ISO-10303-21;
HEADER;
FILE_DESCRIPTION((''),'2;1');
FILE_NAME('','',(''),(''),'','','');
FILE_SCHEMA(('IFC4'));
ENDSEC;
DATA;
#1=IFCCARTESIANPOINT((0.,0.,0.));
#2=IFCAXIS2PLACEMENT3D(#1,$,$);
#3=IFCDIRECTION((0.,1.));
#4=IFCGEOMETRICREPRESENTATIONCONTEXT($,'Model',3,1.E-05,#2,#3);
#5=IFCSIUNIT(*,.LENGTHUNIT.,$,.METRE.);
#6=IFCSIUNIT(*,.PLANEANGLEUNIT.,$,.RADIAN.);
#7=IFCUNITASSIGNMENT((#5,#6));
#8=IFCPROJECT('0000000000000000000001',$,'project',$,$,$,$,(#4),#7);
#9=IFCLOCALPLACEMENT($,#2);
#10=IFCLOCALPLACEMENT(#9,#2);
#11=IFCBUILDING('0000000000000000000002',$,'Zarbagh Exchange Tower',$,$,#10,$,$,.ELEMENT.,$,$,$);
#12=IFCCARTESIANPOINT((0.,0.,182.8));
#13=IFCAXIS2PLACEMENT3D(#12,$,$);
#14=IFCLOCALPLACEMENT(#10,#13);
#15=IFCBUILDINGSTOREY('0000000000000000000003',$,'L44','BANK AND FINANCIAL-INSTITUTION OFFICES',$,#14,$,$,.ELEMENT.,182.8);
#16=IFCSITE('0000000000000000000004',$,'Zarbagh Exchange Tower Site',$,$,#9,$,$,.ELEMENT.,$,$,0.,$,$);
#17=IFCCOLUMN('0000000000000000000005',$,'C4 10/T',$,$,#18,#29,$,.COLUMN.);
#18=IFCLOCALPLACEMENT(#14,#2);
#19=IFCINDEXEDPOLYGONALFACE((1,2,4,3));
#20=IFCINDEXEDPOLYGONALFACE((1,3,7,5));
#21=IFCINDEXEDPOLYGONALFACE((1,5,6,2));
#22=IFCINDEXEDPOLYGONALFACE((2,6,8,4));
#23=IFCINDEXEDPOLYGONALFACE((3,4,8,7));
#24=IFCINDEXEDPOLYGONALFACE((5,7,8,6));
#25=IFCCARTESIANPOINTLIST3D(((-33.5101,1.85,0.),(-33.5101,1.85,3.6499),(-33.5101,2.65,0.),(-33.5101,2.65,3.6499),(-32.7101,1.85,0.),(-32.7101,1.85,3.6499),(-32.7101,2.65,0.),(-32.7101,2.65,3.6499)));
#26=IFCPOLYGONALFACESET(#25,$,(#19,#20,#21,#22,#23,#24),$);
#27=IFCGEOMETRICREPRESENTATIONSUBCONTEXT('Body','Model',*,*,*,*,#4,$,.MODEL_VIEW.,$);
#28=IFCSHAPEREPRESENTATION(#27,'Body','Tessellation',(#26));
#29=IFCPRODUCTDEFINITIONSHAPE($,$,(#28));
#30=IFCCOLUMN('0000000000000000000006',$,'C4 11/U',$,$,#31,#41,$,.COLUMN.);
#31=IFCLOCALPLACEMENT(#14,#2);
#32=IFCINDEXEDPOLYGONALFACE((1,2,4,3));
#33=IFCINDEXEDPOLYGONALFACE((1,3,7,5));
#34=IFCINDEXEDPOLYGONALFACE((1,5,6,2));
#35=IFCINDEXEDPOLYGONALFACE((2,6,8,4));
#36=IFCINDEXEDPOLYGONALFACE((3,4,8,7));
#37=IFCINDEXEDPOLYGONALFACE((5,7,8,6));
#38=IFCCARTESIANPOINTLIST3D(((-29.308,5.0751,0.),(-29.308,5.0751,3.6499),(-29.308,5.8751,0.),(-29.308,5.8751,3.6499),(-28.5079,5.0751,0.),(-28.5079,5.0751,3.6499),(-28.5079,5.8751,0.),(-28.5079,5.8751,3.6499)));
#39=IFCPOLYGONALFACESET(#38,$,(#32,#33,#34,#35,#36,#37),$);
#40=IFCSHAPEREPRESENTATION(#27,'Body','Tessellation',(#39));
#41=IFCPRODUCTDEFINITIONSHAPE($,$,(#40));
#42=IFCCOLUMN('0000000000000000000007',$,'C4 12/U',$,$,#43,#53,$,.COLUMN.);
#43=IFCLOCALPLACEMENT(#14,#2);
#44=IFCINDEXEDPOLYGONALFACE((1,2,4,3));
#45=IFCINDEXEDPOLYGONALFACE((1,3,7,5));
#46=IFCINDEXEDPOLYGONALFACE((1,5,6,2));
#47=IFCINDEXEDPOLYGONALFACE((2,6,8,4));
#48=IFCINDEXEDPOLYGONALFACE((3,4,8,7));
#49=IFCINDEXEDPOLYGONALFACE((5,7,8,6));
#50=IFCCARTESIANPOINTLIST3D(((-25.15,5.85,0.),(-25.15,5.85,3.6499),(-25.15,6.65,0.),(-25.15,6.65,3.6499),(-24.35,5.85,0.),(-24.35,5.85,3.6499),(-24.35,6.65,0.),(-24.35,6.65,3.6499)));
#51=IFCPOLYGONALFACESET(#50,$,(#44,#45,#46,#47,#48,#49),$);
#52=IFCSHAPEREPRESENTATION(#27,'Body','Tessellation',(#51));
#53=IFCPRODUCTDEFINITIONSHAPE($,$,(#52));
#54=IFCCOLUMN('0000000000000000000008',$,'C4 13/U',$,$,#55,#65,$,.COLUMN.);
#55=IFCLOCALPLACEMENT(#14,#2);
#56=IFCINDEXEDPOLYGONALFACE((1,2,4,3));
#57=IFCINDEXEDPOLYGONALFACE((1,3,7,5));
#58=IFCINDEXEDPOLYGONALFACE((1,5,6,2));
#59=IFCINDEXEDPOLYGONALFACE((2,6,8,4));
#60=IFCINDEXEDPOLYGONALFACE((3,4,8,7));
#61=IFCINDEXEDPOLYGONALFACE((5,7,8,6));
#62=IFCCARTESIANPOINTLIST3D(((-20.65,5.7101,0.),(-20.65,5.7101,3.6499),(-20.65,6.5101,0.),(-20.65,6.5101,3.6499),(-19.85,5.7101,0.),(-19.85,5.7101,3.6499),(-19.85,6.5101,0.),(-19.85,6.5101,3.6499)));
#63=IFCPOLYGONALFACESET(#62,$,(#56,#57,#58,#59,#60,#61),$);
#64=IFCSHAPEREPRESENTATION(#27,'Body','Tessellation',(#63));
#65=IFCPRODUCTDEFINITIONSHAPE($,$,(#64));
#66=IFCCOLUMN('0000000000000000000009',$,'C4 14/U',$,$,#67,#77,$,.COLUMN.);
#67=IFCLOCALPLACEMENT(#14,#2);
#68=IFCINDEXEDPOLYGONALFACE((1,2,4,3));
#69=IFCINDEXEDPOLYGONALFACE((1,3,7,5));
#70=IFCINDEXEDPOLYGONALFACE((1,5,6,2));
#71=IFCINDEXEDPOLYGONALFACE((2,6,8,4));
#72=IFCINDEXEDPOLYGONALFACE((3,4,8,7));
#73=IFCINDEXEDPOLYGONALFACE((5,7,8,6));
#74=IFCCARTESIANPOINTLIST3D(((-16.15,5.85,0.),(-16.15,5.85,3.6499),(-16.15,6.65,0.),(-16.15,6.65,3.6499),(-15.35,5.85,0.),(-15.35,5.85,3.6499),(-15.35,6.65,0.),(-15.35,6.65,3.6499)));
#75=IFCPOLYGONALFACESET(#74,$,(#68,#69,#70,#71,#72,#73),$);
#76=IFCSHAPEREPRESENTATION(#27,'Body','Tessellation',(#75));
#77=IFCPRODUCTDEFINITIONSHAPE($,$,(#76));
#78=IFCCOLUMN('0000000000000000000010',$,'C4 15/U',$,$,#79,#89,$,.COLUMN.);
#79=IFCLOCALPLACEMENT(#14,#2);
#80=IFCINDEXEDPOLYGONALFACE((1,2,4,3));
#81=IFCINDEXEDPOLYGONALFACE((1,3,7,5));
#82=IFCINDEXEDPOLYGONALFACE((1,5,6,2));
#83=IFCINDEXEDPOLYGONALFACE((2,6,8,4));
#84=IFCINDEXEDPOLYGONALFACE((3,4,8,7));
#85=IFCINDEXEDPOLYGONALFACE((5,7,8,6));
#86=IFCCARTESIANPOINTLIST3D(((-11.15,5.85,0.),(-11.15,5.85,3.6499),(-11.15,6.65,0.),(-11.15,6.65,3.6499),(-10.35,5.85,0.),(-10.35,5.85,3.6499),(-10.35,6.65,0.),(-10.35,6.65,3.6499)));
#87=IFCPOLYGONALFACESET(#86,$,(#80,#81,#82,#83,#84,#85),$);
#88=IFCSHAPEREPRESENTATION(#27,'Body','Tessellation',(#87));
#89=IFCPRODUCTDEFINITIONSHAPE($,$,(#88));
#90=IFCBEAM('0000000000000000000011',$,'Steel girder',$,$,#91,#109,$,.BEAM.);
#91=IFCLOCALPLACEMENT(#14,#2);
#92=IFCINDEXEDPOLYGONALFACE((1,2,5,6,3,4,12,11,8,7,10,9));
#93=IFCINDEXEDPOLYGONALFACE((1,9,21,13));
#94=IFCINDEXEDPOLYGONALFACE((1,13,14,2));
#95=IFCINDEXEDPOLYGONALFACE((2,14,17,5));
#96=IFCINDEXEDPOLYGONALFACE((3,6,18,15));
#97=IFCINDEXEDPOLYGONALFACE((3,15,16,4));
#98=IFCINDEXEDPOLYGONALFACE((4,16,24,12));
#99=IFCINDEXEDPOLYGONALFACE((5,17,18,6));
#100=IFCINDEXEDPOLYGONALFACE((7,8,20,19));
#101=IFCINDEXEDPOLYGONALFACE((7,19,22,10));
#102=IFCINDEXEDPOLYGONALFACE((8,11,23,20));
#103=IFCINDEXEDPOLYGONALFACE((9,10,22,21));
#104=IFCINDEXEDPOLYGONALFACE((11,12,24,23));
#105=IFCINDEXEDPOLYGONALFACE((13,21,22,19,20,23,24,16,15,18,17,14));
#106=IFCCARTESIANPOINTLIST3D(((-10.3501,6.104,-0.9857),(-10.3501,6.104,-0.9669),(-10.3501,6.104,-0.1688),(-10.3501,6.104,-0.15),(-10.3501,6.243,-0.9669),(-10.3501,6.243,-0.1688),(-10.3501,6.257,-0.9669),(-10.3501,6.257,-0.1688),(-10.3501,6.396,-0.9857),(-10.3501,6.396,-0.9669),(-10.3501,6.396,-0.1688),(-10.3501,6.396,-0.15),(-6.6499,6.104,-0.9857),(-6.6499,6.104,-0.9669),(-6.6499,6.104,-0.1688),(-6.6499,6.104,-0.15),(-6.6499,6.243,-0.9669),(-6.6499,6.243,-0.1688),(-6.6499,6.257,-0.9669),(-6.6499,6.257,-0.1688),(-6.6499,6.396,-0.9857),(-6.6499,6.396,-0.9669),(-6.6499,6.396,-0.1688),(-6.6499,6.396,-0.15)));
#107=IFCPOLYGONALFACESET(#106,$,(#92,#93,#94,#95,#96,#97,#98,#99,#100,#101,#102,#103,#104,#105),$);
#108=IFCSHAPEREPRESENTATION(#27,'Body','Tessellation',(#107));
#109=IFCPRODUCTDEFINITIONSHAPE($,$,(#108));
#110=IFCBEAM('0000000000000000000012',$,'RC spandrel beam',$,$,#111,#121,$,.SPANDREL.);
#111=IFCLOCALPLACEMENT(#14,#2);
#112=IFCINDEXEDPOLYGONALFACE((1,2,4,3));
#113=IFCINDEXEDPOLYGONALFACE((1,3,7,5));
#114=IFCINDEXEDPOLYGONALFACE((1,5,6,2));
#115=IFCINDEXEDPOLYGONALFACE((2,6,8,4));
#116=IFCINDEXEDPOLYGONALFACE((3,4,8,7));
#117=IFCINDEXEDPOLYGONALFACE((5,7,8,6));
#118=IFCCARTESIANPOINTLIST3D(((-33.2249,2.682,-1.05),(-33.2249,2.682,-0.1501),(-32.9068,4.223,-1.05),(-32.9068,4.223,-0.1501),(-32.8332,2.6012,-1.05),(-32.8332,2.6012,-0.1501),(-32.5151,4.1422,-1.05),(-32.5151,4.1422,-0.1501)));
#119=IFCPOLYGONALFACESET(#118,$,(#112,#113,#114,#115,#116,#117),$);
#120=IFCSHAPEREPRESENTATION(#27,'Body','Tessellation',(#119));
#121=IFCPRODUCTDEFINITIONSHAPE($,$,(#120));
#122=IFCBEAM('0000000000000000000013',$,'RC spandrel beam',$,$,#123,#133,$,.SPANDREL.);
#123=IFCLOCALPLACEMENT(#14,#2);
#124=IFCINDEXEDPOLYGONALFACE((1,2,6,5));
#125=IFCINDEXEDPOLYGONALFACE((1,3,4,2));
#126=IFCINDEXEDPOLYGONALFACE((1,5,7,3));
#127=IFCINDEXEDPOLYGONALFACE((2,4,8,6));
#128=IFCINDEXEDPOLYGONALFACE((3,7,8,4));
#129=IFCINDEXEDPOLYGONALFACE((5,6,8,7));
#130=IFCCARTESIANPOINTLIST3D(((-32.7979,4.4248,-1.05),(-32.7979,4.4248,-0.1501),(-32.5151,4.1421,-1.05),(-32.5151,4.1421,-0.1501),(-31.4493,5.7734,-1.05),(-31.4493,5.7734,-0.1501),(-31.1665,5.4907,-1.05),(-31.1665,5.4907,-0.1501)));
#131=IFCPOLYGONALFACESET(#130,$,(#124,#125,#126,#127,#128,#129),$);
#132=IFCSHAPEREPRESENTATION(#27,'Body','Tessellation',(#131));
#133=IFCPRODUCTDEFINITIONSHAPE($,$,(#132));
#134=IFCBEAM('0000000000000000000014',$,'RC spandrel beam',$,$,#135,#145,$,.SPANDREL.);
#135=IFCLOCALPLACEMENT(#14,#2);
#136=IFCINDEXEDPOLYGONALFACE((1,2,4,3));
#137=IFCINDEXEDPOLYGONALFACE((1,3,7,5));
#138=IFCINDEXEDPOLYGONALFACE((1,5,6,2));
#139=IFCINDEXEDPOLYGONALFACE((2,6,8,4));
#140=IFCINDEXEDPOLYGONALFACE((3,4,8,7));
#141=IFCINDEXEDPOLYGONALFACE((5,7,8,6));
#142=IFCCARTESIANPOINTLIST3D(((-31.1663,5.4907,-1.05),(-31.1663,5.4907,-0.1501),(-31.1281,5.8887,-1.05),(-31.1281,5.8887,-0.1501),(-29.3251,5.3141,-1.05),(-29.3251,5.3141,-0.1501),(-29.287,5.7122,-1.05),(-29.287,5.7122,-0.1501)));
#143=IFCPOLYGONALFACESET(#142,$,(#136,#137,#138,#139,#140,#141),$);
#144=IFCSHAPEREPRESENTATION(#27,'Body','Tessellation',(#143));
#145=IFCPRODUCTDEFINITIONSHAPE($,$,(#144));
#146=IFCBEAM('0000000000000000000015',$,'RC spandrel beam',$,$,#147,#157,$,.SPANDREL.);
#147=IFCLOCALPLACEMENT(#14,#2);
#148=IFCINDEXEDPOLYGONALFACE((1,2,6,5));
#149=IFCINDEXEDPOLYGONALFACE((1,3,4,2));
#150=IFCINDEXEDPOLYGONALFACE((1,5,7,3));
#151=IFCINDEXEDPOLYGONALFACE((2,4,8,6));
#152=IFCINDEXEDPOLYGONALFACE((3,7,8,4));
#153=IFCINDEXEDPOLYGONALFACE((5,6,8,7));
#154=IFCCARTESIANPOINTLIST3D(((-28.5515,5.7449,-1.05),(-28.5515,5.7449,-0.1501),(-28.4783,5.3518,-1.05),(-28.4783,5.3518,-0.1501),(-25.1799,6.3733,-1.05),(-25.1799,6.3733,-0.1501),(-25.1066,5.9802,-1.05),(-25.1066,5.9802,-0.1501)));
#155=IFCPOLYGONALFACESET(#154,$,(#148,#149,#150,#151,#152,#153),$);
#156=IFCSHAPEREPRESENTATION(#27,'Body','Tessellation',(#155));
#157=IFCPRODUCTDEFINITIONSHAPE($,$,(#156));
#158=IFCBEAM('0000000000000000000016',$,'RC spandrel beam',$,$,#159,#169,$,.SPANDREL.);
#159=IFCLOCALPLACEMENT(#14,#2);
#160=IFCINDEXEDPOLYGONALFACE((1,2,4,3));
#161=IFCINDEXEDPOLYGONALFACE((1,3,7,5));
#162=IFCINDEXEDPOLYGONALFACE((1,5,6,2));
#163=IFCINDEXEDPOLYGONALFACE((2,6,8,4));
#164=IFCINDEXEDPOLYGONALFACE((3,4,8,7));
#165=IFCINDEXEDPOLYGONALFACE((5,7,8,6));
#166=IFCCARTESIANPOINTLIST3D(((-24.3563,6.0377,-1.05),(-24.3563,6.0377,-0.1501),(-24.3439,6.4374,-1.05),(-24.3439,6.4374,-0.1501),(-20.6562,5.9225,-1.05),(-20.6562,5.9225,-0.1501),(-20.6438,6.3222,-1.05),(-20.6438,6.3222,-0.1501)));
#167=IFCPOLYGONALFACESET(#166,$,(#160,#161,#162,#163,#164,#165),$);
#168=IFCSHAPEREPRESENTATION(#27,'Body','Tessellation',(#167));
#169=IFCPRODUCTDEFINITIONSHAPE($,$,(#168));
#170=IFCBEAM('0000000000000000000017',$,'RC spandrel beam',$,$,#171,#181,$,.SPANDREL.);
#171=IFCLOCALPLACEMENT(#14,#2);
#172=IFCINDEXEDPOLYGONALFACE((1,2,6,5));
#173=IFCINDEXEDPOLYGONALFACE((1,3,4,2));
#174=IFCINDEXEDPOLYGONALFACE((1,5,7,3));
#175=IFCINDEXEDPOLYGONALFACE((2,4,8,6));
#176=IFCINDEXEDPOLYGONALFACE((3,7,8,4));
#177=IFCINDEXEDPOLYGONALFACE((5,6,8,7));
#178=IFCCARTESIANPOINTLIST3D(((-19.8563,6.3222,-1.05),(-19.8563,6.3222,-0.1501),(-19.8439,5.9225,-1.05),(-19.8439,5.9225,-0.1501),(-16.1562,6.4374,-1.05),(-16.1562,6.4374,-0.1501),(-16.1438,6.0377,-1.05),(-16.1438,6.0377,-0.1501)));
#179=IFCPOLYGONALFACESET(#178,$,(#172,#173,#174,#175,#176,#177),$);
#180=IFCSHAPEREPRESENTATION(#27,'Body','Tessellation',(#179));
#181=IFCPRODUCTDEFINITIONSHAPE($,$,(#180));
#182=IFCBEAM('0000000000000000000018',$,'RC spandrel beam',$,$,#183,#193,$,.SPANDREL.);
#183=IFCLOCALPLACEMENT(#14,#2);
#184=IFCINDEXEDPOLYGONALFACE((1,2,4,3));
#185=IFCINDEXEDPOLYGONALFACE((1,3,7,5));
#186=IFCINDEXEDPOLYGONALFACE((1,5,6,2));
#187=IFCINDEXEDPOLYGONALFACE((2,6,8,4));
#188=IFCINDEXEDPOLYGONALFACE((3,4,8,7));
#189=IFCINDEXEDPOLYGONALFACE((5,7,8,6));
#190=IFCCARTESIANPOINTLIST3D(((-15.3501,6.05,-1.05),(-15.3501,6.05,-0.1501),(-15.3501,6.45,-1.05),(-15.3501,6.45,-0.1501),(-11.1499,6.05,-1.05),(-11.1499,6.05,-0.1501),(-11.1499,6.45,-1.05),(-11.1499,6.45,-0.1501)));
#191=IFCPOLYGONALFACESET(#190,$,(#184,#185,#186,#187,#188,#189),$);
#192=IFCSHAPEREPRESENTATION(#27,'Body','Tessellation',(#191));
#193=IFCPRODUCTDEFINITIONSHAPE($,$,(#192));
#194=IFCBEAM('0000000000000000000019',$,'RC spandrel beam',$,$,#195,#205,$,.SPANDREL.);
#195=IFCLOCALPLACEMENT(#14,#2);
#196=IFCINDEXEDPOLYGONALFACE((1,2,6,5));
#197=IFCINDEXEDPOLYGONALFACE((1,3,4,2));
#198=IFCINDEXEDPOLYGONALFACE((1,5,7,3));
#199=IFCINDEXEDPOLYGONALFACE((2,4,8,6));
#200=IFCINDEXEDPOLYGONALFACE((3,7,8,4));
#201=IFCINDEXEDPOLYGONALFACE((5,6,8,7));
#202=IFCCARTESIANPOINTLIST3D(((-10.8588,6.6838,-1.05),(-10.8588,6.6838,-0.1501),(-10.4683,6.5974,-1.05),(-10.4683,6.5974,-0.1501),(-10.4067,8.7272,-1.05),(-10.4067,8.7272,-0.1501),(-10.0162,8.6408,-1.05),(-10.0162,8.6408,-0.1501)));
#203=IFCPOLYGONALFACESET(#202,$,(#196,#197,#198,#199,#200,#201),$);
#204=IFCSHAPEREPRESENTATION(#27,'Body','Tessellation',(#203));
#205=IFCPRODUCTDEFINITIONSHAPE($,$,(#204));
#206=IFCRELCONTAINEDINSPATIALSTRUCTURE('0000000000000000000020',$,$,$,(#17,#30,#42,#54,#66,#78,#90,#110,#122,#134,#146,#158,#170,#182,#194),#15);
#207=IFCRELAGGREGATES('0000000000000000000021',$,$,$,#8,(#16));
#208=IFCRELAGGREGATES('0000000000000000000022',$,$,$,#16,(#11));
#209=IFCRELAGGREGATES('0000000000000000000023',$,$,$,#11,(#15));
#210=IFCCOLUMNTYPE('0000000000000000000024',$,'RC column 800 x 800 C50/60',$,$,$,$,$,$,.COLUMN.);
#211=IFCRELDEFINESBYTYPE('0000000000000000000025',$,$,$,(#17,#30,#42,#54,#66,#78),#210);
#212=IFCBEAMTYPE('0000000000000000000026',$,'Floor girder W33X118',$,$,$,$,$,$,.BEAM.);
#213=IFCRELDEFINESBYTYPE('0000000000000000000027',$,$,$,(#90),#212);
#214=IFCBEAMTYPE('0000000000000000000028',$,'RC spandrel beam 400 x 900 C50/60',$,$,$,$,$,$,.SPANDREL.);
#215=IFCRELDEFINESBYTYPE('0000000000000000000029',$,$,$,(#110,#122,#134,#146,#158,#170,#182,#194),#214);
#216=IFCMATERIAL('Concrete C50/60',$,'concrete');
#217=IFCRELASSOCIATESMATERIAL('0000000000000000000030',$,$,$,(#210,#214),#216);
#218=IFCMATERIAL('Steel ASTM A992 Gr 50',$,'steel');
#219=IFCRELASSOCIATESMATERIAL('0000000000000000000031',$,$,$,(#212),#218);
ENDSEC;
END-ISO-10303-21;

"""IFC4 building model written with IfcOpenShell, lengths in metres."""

from ifc_helpers import new_model, si_unit, direction, frame, origin, origin_2d, place, context, subcontext, project, spatial, rectangle, i_section, extrude, material, material_profile, profile_set, type_object, element, save


model = new_model("IFC4")

# Units and contexts
model_context = context("Model", 3, precision=1e-05, world=origin(), true_north=direction((0.0, 1.0)))
body_context = subcontext(model_context, "Body", "Model", "MODEL_VIEW")
ifc_project = project(units=[si_unit("LENGTHUNIT", "METRE"), si_unit("PLANEANGLEUNIT", "RADIAN")], contexts=[model_context])

# Site, building, storey
site_placement = place(None, origin())
site = spatial("IfcSite", under=ifc_project, at=site_placement, Name="Zarbagh Exchange Tower Site", CompositionType="ELEMENT", RefElevation=0.0)
building_placement = place(site_placement, origin())
building = spatial("IfcBuilding", under=site, at=building_placement, Name="Zarbagh Exchange Tower", CompositionType="ELEMENT")
storey_placement = place(building_placement, frame((0.0, 0.0, 182.8)))
storey = spatial("IfcBuildingStorey", under=building, at=storey_placement, Name="L44", Description="BANK AND FINANCIAL-INSTITUTION OFFICES", CompositionType="ELEMENT", Elevation=182.8)

# Columns
ifc_material_1 = material(Name="Concrete C50/60", Category="concrete")
ifc_material_profile_1 = material_profile(ifc_material_1, rectangle(XDim=0.8, YDim=0.8, at=origin_2d()), Name="RC column 800 x 800 C50/60")
ifc_profile_set_1 = profile_set([ifc_material_profile_1], Name="Concrete C50/60")
column_type = type_object("IfcColumnType", Name="RC column 800 x 800 C50/60", PredefinedType="COLUMN", material=ifc_profile_set_1)
for number, where, z_axis, x_axis, name in (
    (1, (-33.1101, 2.25, 0.0), (0.0, 0.0, 1.0), (1.0, 0.0, 0.0), "C4 10/T"),
    (2, (-28.908, 5.4751, 0.0), (0.0, 0.0, 1.0), (1.0, 0.0, 0.0), "C4 11/U"),
    (3, (-24.75, 6.25, 0.0), (0.0, 0.0, 1.0), (1.0, 0.0, 0.0), "C4 12/U"),
    (4, (-20.25, 6.1101, 0.0), (0.0, 0.0, 1.0), (1.0, 0.0, 0.0), "C4 13/U"),
    (5, (-15.75, 6.25, 0.0), (0.0, 0.0, 1.0), (1.0, 0.0, 0.0), "C4 14/U"),
    (6, (-10.75, 6.25, 0.0), (0.0, 0.0, 1.0), (1.0, 0.0, 0.0), "C4 15/U"),
):
    element("IfcColumn", number, at=place(storey_placement, frame(where, z_axis=z_axis, x_axis=x_axis)), inside=storey, type_object=column_type, Name=name, PredefinedType="COLUMN", context=body_context, shape_type="SweptSolid", body=[
        extrude(rectangle(XDim=0.8, YDim=0.8, at=origin_2d()), origin(), (0.0, 0.0, 1.0), 3.6499),
    ])

# Beams
ifc_material_2 = material(Name="Steel ASTM A992 Gr 50", Category="steel")
ifc_material_profile_2 = material_profile(ifc_material_2, i_section(OverallWidth=0.292, OverallDepth=0.8357, WebThickness=0.0139, FlangeThickness=0.0188, at=origin_2d()), Name="W33X118")
ifc_profile_set_2 = profile_set([ifc_material_profile_2], Name="Steel ASTM A992 Gr 50")
beam_type_1 = type_object("IfcBeamType", Name="Floor girder W33X118", PredefinedType="BEAM", material=ifc_profile_set_2)
beam_1_placement = place(storey_placement, frame((-10.3501, 6.25, -0.5679), z_axis=(1.0, 0.0, 0.0), x_axis=(0.0, 1.0, 0.0)))
element("IfcBeam", 7, at=beam_1_placement, inside=storey, type_object=beam_type_1, Name="Steel girder", PredefinedType="BEAM", context=body_context, shape_type="SweptSolid", body=[
    extrude(i_section(OverallWidth=0.292, OverallDepth=0.8357, WebThickness=0.0139, FlangeThickness=0.0188, at=origin_2d()), origin(), (0.0, 0.0, 1.0), 3.7002),
])
ifc_material_profile_3 = material_profile(ifc_material_1, rectangle(XDim=0.3999, YDim=0.8999, at=origin_2d()), Name="RC spandrel beam 400 x 900 C50/60")
ifc_profile_set_3 = profile_set([ifc_material_profile_3], Name="Concrete C50/60")
beam_type_2 = type_object("IfcBeamType", Name="RC spandrel beam 400 x 900 C50/60", PredefinedType="SPANDREL", material=ifc_profile_set_3)
beam_2_placement = place(storey_placement, frame((-33.0291, 2.6416, -0.6001), z_axis=(0.202169, 0.979351, 0.0), x_axis=(-0.979351, 0.202169, 0.0)))
element("IfcBeam", 8, at=beam_2_placement, inside=storey, type_object=beam_type_2, Name="RC spandrel beam", PredefinedType="SPANDREL", context=body_context, shape_type="SweptSolid", body=[
    extrude(rectangle(XDim=0.3999, YDim=0.8999, at=origin_2d()), origin(), (0.0, 0.0, 1.0), 1.5735),
])
beam_3_placement = place(storey_placement, frame((-32.6565, 4.2834, -0.6001), z_axis=(0.707107, 0.707107, 0.0), x_axis=(-0.707107, 0.707107, 0.0)))
element("IfcBeam", 9, at=beam_3_placement, inside=storey, type_object=beam_type_2, Name="RC spandrel beam", PredefinedType="SPANDREL", context=body_context, shape_type="SweptSolid", body=[
    extrude(rectangle(XDim=0.3999, YDim=0.8999, at=origin_2d()), origin(), (0.0, 0.0, 1.0), 1.9072),
])
beam_4_placement = place(storey_placement, frame((-31.1472, 5.6897, -0.6001), z_axis=(0.995435, -0.095438, 0.0), x_axis=(0.095438, 0.995435, 0.0)))
element("IfcBeam", 10, at=beam_4_placement, inside=storey, type_object=beam_type_2, Name="RC spandrel beam", PredefinedType="SPANDREL", context=body_context, shape_type="SweptSolid", body=[
    extrude(rectangle(XDim=0.3999, YDim=0.8999, at=origin_2d()), origin(), (0.0, 0.0, 1.0), 1.8496),
])
beam_5_placement = place(storey_placement, frame((-28.5149, 5.5483, -0.6001), z_axis=(0.98307, 0.183231, 0.0), x_axis=(-0.183231, 0.98307, 0.0)))
element("IfcBeam", 11, at=beam_5_placement, inside=storey, type_object=beam_type_2, Name="RC spandrel beam", PredefinedType="SPANDREL", context=body_context, shape_type="SweptSolid", body=[
    extrude(rectangle(XDim=0.3999, YDim=0.8999, at=origin_2d()), origin(), (0.0, 0.0, 1.0), 3.4297),
])
for number, where, z_axis, x_axis, name in (
    (12, (-24.3501, 6.2375, -0.6001), (0.999515, -0.031128, 0.0), (0.031128, 0.999515, 0.0), "RC spandrel beam"),
    (13, (-19.8501, 6.1223, -0.6001), (0.999515, 0.031128, 0.0), (-0.031128, 0.999515, 0.0), "RC spandrel beam"),
):
    element("IfcBeam", number, at=place(storey_placement, frame(where, z_axis=z_axis, x_axis=x_axis)), inside=storey, type_object=beam_type_2, Name=name, PredefinedType="SPANDREL", context=body_context, shape_type="SweptSolid", body=[
        extrude(rectangle(XDim=0.3999, YDim=0.8999, at=origin_2d()), origin(), (0.0, 0.0, 1.0), 3.7019),
    ])
beam_6_placement = place(storey_placement, frame((-15.3501, 6.25, -0.6001), z_axis=(1.0, 0.0, 0.0), x_axis=(0.0, 1.0, 0.0)))
element("IfcBeam", 14, at=beam_6_placement, inside=storey, type_object=beam_type_2, Name="RC spandrel beam", PredefinedType="SPANDREL", context=body_context, shape_type="SweptSolid", body=[
    extrude(rectangle(XDim=0.3999, YDim=0.8999, at=origin_2d()), origin(), (0.0, 0.0, 1.0), 4.2002),
])
beam_7_placement = place(storey_placement, frame((-10.6636, 6.6406, -0.6001), z_axis=(0.216041, 0.976384, 0.0), x_axis=(-0.976384, 0.216041, 0.0)))
element("IfcBeam", 15, at=beam_7_placement, inside=storey, type_object=beam_type_2, Name="RC spandrel beam", PredefinedType="SPANDREL", context=body_context, shape_type="SweptSolid", body=[
    extrude(rectangle(XDim=0.3999, YDim=0.8999, at=origin_2d()), origin(), (0.0, 0.0, 1.0), 2.0928),
])

save(model, "model.ifc")
